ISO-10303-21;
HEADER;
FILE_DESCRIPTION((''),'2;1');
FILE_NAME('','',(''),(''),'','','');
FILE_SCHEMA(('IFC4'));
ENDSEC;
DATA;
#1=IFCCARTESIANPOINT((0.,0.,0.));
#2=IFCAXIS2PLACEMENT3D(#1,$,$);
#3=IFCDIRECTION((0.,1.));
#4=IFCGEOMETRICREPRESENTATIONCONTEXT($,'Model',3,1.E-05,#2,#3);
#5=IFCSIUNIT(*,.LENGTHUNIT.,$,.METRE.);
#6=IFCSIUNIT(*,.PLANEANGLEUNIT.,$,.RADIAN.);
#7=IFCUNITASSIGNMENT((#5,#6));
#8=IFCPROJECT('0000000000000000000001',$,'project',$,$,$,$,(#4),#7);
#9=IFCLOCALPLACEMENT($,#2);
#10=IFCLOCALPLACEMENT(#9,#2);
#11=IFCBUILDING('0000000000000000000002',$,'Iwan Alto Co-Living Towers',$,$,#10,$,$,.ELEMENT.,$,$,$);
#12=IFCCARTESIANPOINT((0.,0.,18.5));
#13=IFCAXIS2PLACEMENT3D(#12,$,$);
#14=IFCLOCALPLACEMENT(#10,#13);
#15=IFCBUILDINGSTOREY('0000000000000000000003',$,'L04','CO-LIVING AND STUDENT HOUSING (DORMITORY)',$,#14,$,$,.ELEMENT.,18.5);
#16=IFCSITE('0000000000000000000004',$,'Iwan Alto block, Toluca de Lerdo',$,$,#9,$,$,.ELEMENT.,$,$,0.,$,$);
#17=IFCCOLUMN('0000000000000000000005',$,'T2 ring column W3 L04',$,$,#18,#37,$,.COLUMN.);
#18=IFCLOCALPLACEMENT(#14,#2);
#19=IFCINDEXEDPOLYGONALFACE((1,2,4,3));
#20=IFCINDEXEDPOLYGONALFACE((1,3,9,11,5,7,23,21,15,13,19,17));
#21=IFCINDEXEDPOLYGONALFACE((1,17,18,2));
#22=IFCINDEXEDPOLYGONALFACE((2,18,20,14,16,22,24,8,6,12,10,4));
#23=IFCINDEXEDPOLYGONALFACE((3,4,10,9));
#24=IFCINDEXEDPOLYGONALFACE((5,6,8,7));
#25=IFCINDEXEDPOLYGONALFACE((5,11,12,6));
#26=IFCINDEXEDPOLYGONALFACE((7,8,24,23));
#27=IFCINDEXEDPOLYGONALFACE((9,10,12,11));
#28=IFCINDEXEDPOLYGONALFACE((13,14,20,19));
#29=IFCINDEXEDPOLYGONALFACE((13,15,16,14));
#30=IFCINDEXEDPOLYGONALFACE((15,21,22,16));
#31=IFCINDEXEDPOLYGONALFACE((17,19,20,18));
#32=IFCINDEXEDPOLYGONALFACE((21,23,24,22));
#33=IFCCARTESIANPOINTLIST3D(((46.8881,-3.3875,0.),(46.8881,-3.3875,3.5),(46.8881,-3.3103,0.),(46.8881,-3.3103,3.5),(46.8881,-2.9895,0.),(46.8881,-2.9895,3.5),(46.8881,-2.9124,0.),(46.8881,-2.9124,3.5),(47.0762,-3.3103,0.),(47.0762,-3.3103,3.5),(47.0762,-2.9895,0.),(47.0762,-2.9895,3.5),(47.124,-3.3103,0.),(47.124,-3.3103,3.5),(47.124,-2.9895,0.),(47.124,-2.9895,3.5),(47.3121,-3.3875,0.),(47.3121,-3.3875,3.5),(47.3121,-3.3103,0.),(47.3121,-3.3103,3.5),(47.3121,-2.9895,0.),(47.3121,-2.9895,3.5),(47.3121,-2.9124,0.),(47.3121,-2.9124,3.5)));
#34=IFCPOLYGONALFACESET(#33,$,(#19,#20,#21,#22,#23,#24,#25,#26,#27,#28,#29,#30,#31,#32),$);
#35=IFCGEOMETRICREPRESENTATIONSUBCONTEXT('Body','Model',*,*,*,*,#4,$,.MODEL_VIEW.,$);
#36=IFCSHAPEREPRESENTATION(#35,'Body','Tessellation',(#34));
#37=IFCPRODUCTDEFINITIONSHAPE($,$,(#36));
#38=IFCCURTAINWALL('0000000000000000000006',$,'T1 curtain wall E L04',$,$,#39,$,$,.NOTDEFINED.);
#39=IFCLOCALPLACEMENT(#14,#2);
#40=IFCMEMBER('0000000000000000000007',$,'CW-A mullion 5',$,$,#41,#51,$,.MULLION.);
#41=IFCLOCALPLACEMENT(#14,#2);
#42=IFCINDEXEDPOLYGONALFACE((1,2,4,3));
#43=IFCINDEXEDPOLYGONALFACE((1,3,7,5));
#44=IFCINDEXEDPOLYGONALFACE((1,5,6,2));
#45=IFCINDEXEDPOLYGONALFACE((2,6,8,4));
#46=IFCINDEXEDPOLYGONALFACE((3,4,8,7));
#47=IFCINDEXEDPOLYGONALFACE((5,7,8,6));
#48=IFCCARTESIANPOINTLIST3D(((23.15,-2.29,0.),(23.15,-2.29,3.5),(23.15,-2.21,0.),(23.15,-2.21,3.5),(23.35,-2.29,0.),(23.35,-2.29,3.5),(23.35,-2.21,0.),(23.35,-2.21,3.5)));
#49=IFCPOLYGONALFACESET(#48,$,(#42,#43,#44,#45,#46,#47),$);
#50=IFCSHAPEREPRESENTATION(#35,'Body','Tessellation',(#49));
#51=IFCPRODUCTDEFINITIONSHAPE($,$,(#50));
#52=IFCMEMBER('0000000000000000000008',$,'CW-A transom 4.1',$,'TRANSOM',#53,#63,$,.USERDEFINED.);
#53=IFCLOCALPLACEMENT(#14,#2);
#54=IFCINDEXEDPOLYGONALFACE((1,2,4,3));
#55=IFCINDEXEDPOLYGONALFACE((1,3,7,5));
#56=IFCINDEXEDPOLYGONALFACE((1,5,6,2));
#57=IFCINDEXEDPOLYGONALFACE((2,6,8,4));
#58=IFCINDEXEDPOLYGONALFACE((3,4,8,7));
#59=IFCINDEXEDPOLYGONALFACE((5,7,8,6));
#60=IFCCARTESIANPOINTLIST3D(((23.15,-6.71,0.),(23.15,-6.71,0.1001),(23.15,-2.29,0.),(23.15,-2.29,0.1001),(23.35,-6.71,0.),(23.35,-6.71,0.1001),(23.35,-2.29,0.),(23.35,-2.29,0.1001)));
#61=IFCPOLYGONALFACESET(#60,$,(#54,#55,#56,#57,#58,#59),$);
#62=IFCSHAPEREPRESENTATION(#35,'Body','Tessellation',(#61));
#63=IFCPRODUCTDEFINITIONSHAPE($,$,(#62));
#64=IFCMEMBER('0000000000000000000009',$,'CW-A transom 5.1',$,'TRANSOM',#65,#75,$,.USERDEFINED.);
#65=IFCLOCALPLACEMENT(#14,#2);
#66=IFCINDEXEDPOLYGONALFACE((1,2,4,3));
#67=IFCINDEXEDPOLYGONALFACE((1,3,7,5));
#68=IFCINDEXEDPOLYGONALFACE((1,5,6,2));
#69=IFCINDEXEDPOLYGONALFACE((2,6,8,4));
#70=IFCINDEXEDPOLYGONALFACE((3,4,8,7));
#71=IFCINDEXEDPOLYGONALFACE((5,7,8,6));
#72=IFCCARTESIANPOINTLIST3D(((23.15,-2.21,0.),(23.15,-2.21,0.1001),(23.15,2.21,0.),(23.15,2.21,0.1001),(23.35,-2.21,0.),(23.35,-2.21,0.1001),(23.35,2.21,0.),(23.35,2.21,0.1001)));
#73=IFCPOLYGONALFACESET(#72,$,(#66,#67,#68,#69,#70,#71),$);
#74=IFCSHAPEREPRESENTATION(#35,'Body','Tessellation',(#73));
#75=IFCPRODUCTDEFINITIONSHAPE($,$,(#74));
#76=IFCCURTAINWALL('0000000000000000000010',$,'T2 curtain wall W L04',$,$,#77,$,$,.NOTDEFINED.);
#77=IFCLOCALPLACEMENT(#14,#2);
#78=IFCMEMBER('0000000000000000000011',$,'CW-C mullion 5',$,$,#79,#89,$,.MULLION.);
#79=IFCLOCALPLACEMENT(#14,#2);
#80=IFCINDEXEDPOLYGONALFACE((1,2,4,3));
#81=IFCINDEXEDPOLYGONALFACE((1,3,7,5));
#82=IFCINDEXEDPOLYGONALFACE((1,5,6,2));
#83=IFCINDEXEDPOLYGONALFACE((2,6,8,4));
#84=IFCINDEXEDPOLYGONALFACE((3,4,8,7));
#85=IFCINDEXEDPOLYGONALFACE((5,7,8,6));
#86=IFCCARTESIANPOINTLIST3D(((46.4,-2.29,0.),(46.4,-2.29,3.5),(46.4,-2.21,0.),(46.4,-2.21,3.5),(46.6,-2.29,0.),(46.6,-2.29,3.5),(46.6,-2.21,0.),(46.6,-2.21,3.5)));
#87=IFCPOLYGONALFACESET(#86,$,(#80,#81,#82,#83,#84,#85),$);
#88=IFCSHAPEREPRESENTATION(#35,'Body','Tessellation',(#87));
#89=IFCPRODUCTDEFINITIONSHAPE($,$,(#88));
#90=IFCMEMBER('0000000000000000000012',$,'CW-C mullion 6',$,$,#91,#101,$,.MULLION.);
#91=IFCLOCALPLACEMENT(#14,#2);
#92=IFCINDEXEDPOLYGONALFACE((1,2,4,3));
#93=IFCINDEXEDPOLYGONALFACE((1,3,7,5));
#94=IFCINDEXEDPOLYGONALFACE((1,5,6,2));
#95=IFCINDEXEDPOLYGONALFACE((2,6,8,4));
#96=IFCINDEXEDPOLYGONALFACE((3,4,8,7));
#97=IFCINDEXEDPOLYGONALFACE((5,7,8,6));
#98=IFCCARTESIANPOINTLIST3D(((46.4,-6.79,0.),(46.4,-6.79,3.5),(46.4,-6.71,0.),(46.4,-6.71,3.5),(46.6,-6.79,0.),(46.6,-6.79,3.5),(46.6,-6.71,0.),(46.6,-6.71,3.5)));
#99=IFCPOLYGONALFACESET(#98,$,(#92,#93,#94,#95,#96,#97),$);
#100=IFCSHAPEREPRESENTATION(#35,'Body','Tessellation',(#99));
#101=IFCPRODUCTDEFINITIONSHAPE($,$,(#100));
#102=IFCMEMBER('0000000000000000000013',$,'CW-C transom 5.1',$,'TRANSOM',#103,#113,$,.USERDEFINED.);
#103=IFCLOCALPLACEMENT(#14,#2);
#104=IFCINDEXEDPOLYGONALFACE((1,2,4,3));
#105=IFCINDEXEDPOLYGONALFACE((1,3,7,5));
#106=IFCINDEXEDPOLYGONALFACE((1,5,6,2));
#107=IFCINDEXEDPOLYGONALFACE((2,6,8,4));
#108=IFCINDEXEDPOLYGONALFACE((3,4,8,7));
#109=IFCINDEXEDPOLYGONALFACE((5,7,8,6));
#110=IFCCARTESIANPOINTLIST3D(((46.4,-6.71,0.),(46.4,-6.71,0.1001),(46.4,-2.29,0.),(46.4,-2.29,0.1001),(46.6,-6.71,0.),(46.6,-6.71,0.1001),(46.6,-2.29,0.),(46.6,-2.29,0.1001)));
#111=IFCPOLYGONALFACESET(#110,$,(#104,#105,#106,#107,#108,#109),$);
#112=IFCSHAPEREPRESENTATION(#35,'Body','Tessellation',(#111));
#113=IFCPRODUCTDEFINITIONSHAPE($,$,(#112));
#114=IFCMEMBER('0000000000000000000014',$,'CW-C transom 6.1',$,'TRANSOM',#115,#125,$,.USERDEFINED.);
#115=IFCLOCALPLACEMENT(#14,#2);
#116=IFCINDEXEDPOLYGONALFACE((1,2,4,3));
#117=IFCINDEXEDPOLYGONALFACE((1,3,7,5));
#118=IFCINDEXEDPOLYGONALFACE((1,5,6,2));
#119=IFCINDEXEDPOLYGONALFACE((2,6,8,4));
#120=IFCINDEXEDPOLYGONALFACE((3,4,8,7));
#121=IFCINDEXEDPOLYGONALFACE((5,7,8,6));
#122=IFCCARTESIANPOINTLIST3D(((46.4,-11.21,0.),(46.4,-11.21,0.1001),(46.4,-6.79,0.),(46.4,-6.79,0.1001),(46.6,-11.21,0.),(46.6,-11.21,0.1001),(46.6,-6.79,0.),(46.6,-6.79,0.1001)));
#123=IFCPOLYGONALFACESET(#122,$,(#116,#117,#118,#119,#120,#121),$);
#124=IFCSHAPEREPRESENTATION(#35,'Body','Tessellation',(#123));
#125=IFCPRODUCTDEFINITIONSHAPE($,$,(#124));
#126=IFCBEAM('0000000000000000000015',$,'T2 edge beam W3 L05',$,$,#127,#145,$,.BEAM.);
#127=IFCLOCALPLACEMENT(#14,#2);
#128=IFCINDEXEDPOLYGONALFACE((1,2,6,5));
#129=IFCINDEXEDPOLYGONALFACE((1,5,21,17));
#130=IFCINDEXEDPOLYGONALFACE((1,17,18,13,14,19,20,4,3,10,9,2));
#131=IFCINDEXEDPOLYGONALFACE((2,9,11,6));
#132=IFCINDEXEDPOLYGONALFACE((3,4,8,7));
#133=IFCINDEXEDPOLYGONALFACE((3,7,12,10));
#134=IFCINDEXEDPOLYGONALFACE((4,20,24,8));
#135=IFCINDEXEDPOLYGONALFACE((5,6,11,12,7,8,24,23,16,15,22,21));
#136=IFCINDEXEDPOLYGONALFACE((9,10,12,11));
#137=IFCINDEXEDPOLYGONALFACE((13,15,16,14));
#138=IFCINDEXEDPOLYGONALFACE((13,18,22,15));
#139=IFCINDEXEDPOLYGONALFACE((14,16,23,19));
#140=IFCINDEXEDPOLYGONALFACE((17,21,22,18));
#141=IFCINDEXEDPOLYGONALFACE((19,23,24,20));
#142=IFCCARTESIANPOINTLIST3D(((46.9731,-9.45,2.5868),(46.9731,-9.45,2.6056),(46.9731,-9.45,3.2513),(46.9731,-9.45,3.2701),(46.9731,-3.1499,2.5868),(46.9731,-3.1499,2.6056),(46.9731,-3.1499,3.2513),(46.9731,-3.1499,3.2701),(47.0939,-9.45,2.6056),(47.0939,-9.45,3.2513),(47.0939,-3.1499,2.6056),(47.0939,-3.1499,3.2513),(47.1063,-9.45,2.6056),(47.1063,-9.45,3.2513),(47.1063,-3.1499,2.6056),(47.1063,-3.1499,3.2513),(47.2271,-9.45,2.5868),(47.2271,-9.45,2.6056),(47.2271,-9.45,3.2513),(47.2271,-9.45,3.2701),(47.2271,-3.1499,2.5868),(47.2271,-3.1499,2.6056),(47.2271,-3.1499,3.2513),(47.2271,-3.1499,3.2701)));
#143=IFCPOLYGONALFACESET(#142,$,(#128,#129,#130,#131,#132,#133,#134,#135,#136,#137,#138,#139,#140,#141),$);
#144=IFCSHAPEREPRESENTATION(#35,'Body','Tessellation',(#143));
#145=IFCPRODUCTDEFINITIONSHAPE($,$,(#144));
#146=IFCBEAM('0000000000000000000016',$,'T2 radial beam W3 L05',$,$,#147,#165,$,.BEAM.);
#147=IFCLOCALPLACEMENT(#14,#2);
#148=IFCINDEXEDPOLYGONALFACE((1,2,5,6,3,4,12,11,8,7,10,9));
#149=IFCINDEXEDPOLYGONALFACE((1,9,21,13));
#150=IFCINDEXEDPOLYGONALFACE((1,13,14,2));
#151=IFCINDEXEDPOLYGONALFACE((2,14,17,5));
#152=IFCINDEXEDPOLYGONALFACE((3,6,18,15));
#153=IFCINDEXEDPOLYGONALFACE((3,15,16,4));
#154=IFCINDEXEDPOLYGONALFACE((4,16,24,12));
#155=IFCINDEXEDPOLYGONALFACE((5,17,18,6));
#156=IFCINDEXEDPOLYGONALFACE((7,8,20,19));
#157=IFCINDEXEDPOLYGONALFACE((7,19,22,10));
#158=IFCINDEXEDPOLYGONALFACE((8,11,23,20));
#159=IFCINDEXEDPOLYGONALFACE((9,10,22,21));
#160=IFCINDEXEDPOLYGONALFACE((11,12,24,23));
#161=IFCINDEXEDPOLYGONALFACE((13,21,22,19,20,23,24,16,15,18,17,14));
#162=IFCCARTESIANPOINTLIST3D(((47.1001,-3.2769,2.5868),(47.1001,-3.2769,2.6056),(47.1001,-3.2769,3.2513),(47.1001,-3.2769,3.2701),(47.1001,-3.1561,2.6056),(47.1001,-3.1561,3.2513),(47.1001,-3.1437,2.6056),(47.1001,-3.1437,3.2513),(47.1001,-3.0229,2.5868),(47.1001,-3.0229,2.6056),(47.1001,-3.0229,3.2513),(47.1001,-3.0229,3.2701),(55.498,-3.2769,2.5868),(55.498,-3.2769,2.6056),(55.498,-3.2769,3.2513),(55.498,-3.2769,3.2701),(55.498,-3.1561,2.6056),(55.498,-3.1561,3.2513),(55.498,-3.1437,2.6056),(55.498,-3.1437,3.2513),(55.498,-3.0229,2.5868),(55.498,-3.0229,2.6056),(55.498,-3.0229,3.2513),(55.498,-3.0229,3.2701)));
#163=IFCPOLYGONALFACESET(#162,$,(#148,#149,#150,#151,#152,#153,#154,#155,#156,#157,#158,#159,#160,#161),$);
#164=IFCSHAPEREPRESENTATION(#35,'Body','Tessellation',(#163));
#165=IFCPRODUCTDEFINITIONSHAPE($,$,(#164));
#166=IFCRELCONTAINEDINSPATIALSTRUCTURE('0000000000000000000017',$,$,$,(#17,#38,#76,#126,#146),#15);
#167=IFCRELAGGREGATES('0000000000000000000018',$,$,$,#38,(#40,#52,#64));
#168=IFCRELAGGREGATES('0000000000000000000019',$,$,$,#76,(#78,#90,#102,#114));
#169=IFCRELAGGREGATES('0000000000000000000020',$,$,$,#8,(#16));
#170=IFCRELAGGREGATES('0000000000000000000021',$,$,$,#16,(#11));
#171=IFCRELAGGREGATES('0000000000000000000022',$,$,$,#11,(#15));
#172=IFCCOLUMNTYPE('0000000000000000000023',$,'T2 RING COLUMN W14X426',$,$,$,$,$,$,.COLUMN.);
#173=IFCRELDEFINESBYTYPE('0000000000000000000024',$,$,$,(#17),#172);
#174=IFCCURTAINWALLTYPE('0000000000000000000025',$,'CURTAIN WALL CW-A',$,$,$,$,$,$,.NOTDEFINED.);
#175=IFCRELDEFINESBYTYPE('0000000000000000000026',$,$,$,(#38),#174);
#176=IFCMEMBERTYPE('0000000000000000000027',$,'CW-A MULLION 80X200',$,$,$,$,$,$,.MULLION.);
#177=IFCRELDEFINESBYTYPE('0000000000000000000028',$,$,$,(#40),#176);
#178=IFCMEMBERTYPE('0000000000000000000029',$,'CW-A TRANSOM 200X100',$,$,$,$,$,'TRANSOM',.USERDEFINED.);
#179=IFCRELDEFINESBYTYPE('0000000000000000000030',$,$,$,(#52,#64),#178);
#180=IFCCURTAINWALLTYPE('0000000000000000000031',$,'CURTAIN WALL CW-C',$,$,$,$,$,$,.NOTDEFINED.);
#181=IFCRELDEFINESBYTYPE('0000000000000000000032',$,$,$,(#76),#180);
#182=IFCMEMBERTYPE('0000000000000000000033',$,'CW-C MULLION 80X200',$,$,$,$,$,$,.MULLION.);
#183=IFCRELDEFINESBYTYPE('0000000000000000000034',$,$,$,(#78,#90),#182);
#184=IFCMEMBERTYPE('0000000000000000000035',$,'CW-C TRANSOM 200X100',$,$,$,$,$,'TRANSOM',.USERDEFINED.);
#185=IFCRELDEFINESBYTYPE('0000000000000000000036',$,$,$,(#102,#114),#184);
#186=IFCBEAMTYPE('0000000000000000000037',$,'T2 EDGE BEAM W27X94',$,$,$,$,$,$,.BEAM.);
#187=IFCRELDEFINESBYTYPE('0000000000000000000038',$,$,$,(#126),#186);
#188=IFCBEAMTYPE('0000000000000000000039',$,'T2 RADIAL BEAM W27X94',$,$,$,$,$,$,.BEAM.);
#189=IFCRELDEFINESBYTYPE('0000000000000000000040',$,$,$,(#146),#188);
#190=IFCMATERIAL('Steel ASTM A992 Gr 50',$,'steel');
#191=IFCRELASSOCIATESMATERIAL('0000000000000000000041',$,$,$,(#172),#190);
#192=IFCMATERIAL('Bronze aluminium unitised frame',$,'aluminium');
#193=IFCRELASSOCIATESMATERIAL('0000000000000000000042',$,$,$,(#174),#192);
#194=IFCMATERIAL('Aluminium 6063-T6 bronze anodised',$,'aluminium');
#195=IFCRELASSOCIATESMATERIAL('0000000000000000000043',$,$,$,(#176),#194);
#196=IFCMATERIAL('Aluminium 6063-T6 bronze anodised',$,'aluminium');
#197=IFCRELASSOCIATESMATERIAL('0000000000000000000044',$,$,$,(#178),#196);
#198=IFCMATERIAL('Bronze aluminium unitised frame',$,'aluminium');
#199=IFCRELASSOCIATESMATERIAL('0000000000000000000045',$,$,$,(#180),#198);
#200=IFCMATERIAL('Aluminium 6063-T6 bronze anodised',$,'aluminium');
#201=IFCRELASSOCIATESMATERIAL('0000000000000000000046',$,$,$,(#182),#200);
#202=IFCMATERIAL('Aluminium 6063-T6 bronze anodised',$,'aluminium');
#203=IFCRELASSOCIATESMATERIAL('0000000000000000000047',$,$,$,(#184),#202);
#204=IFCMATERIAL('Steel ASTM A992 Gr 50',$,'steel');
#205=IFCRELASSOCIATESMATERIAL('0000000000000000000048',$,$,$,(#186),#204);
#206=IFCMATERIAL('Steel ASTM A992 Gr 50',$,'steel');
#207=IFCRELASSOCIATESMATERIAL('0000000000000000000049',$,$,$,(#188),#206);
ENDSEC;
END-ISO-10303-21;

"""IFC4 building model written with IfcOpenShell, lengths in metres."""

from ifc_helpers import new_model, si_unit, direction, frame, origin, origin_2d, place, context, subcontext, project, spatial, rectangle, i_section, extrude, material, material_profile, profile_set, type_object, element, aggregate, save


model = new_model("IFC4")

# Units and contexts
model_context = context("Model", 3, precision=1e-05, world=origin(), true_north=direction((0.0, 1.0)))
body_context = subcontext(model_context, "Body", "Model", "MODEL_VIEW")
ifc_project = project(units=[si_unit("LENGTHUNIT", "METRE"), si_unit("PLANEANGLEUNIT", "RADIAN")], contexts=[model_context])

# Site, building, storey
site_placement = place(None, origin())
site = spatial("IfcSite", under=ifc_project, at=site_placement, Name="Iwan Alto block, Toluca de Lerdo", CompositionType="ELEMENT", RefElevation=0.0)
building_placement = place(site_placement, origin())
building = spatial("IfcBuilding", under=site, at=building_placement, Name="Iwan Alto Co-Living Towers", CompositionType="ELEMENT")
storey_placement = place(building_placement, frame((0.0, 0.0, 18.5)))
storey = spatial("IfcBuildingStorey", under=building, at=storey_placement, Name="L04", Description="CO-LIVING AND STUDENT HOUSING (DORMITORY)", CompositionType="ELEMENT", Elevation=18.5)

# Column
ifc_material_1 = material(Name="Steel ASTM A992 Gr 50", Category="steel")
ifc_material_profile_1 = material_profile(ifc_material_1, i_section(OverallWidth=0.4241, OverallDepth=0.4751, WebThickness=0.0479, FlangeThickness=0.0771, at=origin_2d()), Name="W14X426")
ifc_profile_set_1 = profile_set([ifc_material_profile_1], Name="Steel ASTM A992 Gr 50")
column_type = type_object("IfcColumnType", Name="T2 RING COLUMN W14X426", PredefinedType="COLUMN", material=ifc_profile_set_1)
column_placement = place(storey_placement, frame((47.1001, -3.1499, 0.0), z_axis=(0.0, 0.0, 1.0), x_axis=(1.0, 0.0, 0.0)))
element("IfcColumn", 1, at=column_placement, inside=storey, type_object=column_type, Name="T2 ring column W3 L04", PredefinedType="COLUMN", context=body_context, shape_type="SweptSolid", body=[
    extrude(i_section(OverallWidth=0.4241, OverallDepth=0.4751, WebThickness=0.0479, FlangeThickness=0.0771, at=origin_2d()), origin(), (0.0, 0.0, 1.0), 3.5),
])

# Curtain walls, members
ifc_material_2 = material(Name="Bronze aluminium unitised frame", Category="aluminium")
curtain_wall_type_1 = type_object("IfcCurtainWallType", Name="CURTAIN WALL CW-A", PredefinedType="NOTDEFINED", material=ifc_material_2)
curtain_wall_1_placement = place(storey_placement, origin())
curtain_wall_1 = element("IfcCurtainWall", 2, at=curtain_wall_1_placement, inside=storey, type_object=curtain_wall_type_1, Name="T1 curtain wall E L04", PredefinedType="NOTDEFINED")
ifc_material_3 = material(Name="Aluminium 6063-T6 bronze anodised", Category="aluminium")
ifc_material_profile_2 = material_profile(ifc_material_3, rectangle(XDim=0.2, YDim=0.0801, at=origin_2d()), Name="AL 80X200")
ifc_profile_set_2 = profile_set([ifc_material_profile_2], Name="Aluminium 6063-T6 bronze anodised")
member_type_1 = type_object("IfcMemberType", Name="CW-A MULLION 80X200", PredefinedType="MULLION", material=ifc_profile_set_2)
member_1_placement = place(storey_placement, frame((23.25, -2.25, 0.0), z_axis=(0.0, 0.0, 1.0), x_axis=(-1.0, 0.0, 0.0)))
member_1 = element("IfcMember", 3, at=member_1_placement, type_object=member_type_1, Name="CW-A mullion 5", PredefinedType="MULLION", context=body_context, shape_type="SweptSolid", body=[
    extrude(rectangle(XDim=0.2, YDim=0.0801, at=origin_2d()), origin(), (0.0, 0.0, 1.0), 3.5),
])
ifc_material_4 = material(Name="Aluminium 6063-T6 bronze anodised", Category="aluminium")
ifc_material_profile_3 = material_profile(ifc_material_4, rectangle(XDim=0.2, YDim=0.1001, at=origin_2d()), Name="AL 200X100")
ifc_profile_set_3 = profile_set([ifc_material_profile_3], Name="Aluminium 6063-T6 bronze anodised")
member_type_2 = type_object("IfcMemberType", Name="CW-A TRANSOM 200X100", ElementType="TRANSOM", PredefinedType="USERDEFINED", material=ifc_profile_set_3)
member_2_placement = place(storey_placement, frame((23.25, -6.71, 0.05), z_axis=(0.0, 1.0, 0.0), x_axis=(-1.0, 0.0, 0.0)))
member_2 = element("IfcMember", 4, at=member_2_placement, type_object=member_type_2, Name="CW-A transom 4.1", ObjectType="TRANSOM", PredefinedType="USERDEFINED", context=body_context, shape_type="SweptSolid", body=[
    extrude(rectangle(XDim=0.2, YDim=0.1001, at=origin_2d()), origin(), (0.0, 0.0, 1.0), 4.4199),
])
member_3_placement = place(storey_placement, frame((23.25, -2.21, 0.05), z_axis=(0.0, 1.0, 0.0), x_axis=(-1.0, 0.0, 0.0)))
member_3 = element("IfcMember", 5, at=member_3_placement, type_object=member_type_2, Name="CW-A transom 5.1", ObjectType="TRANSOM", PredefinedType="USERDEFINED", context=body_context, shape_type="SweptSolid", body=[
    extrude(rectangle(XDim=0.2, YDim=0.1001, at=origin_2d()), origin(), (0.0, 0.0, 1.0), 4.4199),
])
ifc_material_5 = material(Name="Bronze aluminium unitised frame", Category="aluminium")
curtain_wall_type_2 = type_object("IfcCurtainWallType", Name="CURTAIN WALL CW-C", PredefinedType="NOTDEFINED", material=ifc_material_5)
curtain_wall_2_placement = place(storey_placement, origin())
curtain_wall_2 = element("IfcCurtainWall", 6, at=curtain_wall_2_placement, inside=storey, type_object=curtain_wall_type_2, Name="T2 curtain wall W L04", PredefinedType="NOTDEFINED")
ifc_material_6 = material(Name="Aluminium 6063-T6 bronze anodised", Category="aluminium")
ifc_material_profile_4 = material_profile(ifc_material_6, rectangle(XDim=0.2, YDim=0.0801, at=origin_2d()), Name="AL 80X200")
ifc_profile_set_4 = profile_set([ifc_material_profile_4], Name="Aluminium 6063-T6 bronze anodised")
member_type_3 = type_object("IfcMemberType", Name="CW-C MULLION 80X200", PredefinedType="MULLION", material=ifc_profile_set_4)
member_4_placement = place(storey_placement, frame((46.5, -2.25, 0.0), z_axis=(0.0, 0.0, 1.0), x_axis=(1.0, 0.0, 0.0)))
member_4 = element("IfcMember", 7, at=member_4_placement, type_object=member_type_3, Name="CW-C mullion 5", PredefinedType="MULLION", context=body_context, shape_type="SweptSolid", body=[
    extrude(rectangle(XDim=0.2, YDim=0.0801, at=origin_2d()), origin(), (0.0, 0.0, 1.0), 3.5),
])
member_5_placement = place(storey_placement, frame((46.5, -6.75, 0.0), z_axis=(0.0, 0.0, 1.0), x_axis=(1.0, 0.0, 0.0)))
member_5 = element("IfcMember", 8, at=member_5_placement, type_object=member_type_3, Name="CW-C mullion 6", PredefinedType="MULLION", context=body_context, shape_type="SweptSolid", body=[
    extrude(rectangle(XDim=0.2, YDim=0.0801, at=origin_2d()), origin(), (0.0, 0.0, 1.0), 3.5),
])
ifc_material_7 = material(Name="Aluminium 6063-T6 bronze anodised", Category="aluminium")
ifc_material_profile_5 = material_profile(ifc_material_7, rectangle(XDim=0.2, YDim=0.1001, at=origin_2d()), Name="AL 200X100")
ifc_profile_set_5 = profile_set([ifc_material_profile_5], Name="Aluminium 6063-T6 bronze anodised")
member_type_4 = type_object("IfcMemberType", Name="CW-C TRANSOM 200X100", ElementType="TRANSOM", PredefinedType="USERDEFINED", material=ifc_profile_set_5)
member_6_placement = place(storey_placement, frame((46.5, -2.29, 0.05), z_axis=(0.0, -1.0, 0.0), x_axis=(1.0, 0.0, 0.0)))
member_6 = element("IfcMember", 9, at=member_6_placement, type_object=member_type_4, Name="CW-C transom 5.1", ObjectType="TRANSOM", PredefinedType="USERDEFINED", context=body_context, shape_type="SweptSolid", body=[
    extrude(rectangle(XDim=0.2, YDim=0.1001, at=origin_2d()), origin(), (0.0, 0.0, 1.0), 4.4199),
])
member_7_placement = place(storey_placement, frame((46.5, -6.79, 0.05), z_axis=(0.0, -1.0, 0.0), x_axis=(1.0, 0.0, 0.0)))
member_7 = element("IfcMember", 10, at=member_7_placement, type_object=member_type_4, Name="CW-C transom 6.1", ObjectType="TRANSOM", PredefinedType="USERDEFINED", context=body_context, shape_type="SweptSolid", body=[
    extrude(rectangle(XDim=0.2, YDim=0.1001, at=origin_2d()), origin(), (0.0, 0.0, 1.0), 4.4199),
])

# Beams
ifc_material_8 = material(Name="Steel ASTM A992 Gr 50", Category="steel")
ifc_material_profile_6 = material_profile(ifc_material_8, i_section(OverallWidth=0.2539, OverallDepth=0.6833, WebThickness=0.0125, FlangeThickness=0.0188, at=origin_2d()), Name="W27X94")
ifc_profile_set_6 = profile_set([ifc_material_profile_6], Name="Steel ASTM A992 Gr 50")
beam_type_1 = type_object("IfcBeamType", Name="T2 EDGE BEAM W27X94", PredefinedType="BEAM", material=ifc_profile_set_6)
beam_1_placement = place(storey_placement, frame((47.1001, -3.1499, 2.9285), z_axis=(0.0, -1.0, 0.0), x_axis=(1.0, 0.0, 0.0)))
element("IfcBeam", 11, at=beam_1_placement, inside=storey, type_object=beam_type_1, Name="T2 edge beam W3 L05", PredefinedType="BEAM", context=body_context, shape_type="SweptSolid", body=[
    extrude(i_section(OverallWidth=0.2539, OverallDepth=0.6833, WebThickness=0.0125, FlangeThickness=0.0188, at=origin_2d()), origin(), (0.0, 0.0, 1.0), 6.3),
])
ifc_material_9 = material(Name="Steel ASTM A992 Gr 50", Category="steel")
ifc_material_profile_7 = material_profile(ifc_material_9, i_section(OverallWidth=0.2539, OverallDepth=0.6833, WebThickness=0.0125, FlangeThickness=0.0188, at=origin_2d()), Name="W27X94")
ifc_profile_set_7 = profile_set([ifc_material_profile_7], Name="Steel ASTM A992 Gr 50")
beam_type_2 = type_object("IfcBeamType", Name="T2 RADIAL BEAM W27X94", PredefinedType="BEAM", material=ifc_profile_set_7)
beam_2_placement = place(storey_placement, frame((47.1001, -3.1499, 2.9285), z_axis=(1.0, 0.0, 0.0), x_axis=(0.0, 1.0, 0.0)))
element("IfcBeam", 12, at=beam_2_placement, inside=storey, type_object=beam_type_2, Name="T2 radial beam W3 L05", PredefinedType="BEAM", context=body_context, shape_type="SweptSolid", body=[
    extrude(i_section(OverallWidth=0.2539, OverallDepth=0.6833, WebThickness=0.0125, FlangeThickness=0.0188, at=origin_2d()), origin(), (0.0, 0.0, 1.0), 8.3979),
])

aggregate(curtain_wall_1, [member_1, member_2, member_3])
aggregate(curtain_wall_2, [member_4, member_5, member_6, member_7])

save(model, "model.ifc")
